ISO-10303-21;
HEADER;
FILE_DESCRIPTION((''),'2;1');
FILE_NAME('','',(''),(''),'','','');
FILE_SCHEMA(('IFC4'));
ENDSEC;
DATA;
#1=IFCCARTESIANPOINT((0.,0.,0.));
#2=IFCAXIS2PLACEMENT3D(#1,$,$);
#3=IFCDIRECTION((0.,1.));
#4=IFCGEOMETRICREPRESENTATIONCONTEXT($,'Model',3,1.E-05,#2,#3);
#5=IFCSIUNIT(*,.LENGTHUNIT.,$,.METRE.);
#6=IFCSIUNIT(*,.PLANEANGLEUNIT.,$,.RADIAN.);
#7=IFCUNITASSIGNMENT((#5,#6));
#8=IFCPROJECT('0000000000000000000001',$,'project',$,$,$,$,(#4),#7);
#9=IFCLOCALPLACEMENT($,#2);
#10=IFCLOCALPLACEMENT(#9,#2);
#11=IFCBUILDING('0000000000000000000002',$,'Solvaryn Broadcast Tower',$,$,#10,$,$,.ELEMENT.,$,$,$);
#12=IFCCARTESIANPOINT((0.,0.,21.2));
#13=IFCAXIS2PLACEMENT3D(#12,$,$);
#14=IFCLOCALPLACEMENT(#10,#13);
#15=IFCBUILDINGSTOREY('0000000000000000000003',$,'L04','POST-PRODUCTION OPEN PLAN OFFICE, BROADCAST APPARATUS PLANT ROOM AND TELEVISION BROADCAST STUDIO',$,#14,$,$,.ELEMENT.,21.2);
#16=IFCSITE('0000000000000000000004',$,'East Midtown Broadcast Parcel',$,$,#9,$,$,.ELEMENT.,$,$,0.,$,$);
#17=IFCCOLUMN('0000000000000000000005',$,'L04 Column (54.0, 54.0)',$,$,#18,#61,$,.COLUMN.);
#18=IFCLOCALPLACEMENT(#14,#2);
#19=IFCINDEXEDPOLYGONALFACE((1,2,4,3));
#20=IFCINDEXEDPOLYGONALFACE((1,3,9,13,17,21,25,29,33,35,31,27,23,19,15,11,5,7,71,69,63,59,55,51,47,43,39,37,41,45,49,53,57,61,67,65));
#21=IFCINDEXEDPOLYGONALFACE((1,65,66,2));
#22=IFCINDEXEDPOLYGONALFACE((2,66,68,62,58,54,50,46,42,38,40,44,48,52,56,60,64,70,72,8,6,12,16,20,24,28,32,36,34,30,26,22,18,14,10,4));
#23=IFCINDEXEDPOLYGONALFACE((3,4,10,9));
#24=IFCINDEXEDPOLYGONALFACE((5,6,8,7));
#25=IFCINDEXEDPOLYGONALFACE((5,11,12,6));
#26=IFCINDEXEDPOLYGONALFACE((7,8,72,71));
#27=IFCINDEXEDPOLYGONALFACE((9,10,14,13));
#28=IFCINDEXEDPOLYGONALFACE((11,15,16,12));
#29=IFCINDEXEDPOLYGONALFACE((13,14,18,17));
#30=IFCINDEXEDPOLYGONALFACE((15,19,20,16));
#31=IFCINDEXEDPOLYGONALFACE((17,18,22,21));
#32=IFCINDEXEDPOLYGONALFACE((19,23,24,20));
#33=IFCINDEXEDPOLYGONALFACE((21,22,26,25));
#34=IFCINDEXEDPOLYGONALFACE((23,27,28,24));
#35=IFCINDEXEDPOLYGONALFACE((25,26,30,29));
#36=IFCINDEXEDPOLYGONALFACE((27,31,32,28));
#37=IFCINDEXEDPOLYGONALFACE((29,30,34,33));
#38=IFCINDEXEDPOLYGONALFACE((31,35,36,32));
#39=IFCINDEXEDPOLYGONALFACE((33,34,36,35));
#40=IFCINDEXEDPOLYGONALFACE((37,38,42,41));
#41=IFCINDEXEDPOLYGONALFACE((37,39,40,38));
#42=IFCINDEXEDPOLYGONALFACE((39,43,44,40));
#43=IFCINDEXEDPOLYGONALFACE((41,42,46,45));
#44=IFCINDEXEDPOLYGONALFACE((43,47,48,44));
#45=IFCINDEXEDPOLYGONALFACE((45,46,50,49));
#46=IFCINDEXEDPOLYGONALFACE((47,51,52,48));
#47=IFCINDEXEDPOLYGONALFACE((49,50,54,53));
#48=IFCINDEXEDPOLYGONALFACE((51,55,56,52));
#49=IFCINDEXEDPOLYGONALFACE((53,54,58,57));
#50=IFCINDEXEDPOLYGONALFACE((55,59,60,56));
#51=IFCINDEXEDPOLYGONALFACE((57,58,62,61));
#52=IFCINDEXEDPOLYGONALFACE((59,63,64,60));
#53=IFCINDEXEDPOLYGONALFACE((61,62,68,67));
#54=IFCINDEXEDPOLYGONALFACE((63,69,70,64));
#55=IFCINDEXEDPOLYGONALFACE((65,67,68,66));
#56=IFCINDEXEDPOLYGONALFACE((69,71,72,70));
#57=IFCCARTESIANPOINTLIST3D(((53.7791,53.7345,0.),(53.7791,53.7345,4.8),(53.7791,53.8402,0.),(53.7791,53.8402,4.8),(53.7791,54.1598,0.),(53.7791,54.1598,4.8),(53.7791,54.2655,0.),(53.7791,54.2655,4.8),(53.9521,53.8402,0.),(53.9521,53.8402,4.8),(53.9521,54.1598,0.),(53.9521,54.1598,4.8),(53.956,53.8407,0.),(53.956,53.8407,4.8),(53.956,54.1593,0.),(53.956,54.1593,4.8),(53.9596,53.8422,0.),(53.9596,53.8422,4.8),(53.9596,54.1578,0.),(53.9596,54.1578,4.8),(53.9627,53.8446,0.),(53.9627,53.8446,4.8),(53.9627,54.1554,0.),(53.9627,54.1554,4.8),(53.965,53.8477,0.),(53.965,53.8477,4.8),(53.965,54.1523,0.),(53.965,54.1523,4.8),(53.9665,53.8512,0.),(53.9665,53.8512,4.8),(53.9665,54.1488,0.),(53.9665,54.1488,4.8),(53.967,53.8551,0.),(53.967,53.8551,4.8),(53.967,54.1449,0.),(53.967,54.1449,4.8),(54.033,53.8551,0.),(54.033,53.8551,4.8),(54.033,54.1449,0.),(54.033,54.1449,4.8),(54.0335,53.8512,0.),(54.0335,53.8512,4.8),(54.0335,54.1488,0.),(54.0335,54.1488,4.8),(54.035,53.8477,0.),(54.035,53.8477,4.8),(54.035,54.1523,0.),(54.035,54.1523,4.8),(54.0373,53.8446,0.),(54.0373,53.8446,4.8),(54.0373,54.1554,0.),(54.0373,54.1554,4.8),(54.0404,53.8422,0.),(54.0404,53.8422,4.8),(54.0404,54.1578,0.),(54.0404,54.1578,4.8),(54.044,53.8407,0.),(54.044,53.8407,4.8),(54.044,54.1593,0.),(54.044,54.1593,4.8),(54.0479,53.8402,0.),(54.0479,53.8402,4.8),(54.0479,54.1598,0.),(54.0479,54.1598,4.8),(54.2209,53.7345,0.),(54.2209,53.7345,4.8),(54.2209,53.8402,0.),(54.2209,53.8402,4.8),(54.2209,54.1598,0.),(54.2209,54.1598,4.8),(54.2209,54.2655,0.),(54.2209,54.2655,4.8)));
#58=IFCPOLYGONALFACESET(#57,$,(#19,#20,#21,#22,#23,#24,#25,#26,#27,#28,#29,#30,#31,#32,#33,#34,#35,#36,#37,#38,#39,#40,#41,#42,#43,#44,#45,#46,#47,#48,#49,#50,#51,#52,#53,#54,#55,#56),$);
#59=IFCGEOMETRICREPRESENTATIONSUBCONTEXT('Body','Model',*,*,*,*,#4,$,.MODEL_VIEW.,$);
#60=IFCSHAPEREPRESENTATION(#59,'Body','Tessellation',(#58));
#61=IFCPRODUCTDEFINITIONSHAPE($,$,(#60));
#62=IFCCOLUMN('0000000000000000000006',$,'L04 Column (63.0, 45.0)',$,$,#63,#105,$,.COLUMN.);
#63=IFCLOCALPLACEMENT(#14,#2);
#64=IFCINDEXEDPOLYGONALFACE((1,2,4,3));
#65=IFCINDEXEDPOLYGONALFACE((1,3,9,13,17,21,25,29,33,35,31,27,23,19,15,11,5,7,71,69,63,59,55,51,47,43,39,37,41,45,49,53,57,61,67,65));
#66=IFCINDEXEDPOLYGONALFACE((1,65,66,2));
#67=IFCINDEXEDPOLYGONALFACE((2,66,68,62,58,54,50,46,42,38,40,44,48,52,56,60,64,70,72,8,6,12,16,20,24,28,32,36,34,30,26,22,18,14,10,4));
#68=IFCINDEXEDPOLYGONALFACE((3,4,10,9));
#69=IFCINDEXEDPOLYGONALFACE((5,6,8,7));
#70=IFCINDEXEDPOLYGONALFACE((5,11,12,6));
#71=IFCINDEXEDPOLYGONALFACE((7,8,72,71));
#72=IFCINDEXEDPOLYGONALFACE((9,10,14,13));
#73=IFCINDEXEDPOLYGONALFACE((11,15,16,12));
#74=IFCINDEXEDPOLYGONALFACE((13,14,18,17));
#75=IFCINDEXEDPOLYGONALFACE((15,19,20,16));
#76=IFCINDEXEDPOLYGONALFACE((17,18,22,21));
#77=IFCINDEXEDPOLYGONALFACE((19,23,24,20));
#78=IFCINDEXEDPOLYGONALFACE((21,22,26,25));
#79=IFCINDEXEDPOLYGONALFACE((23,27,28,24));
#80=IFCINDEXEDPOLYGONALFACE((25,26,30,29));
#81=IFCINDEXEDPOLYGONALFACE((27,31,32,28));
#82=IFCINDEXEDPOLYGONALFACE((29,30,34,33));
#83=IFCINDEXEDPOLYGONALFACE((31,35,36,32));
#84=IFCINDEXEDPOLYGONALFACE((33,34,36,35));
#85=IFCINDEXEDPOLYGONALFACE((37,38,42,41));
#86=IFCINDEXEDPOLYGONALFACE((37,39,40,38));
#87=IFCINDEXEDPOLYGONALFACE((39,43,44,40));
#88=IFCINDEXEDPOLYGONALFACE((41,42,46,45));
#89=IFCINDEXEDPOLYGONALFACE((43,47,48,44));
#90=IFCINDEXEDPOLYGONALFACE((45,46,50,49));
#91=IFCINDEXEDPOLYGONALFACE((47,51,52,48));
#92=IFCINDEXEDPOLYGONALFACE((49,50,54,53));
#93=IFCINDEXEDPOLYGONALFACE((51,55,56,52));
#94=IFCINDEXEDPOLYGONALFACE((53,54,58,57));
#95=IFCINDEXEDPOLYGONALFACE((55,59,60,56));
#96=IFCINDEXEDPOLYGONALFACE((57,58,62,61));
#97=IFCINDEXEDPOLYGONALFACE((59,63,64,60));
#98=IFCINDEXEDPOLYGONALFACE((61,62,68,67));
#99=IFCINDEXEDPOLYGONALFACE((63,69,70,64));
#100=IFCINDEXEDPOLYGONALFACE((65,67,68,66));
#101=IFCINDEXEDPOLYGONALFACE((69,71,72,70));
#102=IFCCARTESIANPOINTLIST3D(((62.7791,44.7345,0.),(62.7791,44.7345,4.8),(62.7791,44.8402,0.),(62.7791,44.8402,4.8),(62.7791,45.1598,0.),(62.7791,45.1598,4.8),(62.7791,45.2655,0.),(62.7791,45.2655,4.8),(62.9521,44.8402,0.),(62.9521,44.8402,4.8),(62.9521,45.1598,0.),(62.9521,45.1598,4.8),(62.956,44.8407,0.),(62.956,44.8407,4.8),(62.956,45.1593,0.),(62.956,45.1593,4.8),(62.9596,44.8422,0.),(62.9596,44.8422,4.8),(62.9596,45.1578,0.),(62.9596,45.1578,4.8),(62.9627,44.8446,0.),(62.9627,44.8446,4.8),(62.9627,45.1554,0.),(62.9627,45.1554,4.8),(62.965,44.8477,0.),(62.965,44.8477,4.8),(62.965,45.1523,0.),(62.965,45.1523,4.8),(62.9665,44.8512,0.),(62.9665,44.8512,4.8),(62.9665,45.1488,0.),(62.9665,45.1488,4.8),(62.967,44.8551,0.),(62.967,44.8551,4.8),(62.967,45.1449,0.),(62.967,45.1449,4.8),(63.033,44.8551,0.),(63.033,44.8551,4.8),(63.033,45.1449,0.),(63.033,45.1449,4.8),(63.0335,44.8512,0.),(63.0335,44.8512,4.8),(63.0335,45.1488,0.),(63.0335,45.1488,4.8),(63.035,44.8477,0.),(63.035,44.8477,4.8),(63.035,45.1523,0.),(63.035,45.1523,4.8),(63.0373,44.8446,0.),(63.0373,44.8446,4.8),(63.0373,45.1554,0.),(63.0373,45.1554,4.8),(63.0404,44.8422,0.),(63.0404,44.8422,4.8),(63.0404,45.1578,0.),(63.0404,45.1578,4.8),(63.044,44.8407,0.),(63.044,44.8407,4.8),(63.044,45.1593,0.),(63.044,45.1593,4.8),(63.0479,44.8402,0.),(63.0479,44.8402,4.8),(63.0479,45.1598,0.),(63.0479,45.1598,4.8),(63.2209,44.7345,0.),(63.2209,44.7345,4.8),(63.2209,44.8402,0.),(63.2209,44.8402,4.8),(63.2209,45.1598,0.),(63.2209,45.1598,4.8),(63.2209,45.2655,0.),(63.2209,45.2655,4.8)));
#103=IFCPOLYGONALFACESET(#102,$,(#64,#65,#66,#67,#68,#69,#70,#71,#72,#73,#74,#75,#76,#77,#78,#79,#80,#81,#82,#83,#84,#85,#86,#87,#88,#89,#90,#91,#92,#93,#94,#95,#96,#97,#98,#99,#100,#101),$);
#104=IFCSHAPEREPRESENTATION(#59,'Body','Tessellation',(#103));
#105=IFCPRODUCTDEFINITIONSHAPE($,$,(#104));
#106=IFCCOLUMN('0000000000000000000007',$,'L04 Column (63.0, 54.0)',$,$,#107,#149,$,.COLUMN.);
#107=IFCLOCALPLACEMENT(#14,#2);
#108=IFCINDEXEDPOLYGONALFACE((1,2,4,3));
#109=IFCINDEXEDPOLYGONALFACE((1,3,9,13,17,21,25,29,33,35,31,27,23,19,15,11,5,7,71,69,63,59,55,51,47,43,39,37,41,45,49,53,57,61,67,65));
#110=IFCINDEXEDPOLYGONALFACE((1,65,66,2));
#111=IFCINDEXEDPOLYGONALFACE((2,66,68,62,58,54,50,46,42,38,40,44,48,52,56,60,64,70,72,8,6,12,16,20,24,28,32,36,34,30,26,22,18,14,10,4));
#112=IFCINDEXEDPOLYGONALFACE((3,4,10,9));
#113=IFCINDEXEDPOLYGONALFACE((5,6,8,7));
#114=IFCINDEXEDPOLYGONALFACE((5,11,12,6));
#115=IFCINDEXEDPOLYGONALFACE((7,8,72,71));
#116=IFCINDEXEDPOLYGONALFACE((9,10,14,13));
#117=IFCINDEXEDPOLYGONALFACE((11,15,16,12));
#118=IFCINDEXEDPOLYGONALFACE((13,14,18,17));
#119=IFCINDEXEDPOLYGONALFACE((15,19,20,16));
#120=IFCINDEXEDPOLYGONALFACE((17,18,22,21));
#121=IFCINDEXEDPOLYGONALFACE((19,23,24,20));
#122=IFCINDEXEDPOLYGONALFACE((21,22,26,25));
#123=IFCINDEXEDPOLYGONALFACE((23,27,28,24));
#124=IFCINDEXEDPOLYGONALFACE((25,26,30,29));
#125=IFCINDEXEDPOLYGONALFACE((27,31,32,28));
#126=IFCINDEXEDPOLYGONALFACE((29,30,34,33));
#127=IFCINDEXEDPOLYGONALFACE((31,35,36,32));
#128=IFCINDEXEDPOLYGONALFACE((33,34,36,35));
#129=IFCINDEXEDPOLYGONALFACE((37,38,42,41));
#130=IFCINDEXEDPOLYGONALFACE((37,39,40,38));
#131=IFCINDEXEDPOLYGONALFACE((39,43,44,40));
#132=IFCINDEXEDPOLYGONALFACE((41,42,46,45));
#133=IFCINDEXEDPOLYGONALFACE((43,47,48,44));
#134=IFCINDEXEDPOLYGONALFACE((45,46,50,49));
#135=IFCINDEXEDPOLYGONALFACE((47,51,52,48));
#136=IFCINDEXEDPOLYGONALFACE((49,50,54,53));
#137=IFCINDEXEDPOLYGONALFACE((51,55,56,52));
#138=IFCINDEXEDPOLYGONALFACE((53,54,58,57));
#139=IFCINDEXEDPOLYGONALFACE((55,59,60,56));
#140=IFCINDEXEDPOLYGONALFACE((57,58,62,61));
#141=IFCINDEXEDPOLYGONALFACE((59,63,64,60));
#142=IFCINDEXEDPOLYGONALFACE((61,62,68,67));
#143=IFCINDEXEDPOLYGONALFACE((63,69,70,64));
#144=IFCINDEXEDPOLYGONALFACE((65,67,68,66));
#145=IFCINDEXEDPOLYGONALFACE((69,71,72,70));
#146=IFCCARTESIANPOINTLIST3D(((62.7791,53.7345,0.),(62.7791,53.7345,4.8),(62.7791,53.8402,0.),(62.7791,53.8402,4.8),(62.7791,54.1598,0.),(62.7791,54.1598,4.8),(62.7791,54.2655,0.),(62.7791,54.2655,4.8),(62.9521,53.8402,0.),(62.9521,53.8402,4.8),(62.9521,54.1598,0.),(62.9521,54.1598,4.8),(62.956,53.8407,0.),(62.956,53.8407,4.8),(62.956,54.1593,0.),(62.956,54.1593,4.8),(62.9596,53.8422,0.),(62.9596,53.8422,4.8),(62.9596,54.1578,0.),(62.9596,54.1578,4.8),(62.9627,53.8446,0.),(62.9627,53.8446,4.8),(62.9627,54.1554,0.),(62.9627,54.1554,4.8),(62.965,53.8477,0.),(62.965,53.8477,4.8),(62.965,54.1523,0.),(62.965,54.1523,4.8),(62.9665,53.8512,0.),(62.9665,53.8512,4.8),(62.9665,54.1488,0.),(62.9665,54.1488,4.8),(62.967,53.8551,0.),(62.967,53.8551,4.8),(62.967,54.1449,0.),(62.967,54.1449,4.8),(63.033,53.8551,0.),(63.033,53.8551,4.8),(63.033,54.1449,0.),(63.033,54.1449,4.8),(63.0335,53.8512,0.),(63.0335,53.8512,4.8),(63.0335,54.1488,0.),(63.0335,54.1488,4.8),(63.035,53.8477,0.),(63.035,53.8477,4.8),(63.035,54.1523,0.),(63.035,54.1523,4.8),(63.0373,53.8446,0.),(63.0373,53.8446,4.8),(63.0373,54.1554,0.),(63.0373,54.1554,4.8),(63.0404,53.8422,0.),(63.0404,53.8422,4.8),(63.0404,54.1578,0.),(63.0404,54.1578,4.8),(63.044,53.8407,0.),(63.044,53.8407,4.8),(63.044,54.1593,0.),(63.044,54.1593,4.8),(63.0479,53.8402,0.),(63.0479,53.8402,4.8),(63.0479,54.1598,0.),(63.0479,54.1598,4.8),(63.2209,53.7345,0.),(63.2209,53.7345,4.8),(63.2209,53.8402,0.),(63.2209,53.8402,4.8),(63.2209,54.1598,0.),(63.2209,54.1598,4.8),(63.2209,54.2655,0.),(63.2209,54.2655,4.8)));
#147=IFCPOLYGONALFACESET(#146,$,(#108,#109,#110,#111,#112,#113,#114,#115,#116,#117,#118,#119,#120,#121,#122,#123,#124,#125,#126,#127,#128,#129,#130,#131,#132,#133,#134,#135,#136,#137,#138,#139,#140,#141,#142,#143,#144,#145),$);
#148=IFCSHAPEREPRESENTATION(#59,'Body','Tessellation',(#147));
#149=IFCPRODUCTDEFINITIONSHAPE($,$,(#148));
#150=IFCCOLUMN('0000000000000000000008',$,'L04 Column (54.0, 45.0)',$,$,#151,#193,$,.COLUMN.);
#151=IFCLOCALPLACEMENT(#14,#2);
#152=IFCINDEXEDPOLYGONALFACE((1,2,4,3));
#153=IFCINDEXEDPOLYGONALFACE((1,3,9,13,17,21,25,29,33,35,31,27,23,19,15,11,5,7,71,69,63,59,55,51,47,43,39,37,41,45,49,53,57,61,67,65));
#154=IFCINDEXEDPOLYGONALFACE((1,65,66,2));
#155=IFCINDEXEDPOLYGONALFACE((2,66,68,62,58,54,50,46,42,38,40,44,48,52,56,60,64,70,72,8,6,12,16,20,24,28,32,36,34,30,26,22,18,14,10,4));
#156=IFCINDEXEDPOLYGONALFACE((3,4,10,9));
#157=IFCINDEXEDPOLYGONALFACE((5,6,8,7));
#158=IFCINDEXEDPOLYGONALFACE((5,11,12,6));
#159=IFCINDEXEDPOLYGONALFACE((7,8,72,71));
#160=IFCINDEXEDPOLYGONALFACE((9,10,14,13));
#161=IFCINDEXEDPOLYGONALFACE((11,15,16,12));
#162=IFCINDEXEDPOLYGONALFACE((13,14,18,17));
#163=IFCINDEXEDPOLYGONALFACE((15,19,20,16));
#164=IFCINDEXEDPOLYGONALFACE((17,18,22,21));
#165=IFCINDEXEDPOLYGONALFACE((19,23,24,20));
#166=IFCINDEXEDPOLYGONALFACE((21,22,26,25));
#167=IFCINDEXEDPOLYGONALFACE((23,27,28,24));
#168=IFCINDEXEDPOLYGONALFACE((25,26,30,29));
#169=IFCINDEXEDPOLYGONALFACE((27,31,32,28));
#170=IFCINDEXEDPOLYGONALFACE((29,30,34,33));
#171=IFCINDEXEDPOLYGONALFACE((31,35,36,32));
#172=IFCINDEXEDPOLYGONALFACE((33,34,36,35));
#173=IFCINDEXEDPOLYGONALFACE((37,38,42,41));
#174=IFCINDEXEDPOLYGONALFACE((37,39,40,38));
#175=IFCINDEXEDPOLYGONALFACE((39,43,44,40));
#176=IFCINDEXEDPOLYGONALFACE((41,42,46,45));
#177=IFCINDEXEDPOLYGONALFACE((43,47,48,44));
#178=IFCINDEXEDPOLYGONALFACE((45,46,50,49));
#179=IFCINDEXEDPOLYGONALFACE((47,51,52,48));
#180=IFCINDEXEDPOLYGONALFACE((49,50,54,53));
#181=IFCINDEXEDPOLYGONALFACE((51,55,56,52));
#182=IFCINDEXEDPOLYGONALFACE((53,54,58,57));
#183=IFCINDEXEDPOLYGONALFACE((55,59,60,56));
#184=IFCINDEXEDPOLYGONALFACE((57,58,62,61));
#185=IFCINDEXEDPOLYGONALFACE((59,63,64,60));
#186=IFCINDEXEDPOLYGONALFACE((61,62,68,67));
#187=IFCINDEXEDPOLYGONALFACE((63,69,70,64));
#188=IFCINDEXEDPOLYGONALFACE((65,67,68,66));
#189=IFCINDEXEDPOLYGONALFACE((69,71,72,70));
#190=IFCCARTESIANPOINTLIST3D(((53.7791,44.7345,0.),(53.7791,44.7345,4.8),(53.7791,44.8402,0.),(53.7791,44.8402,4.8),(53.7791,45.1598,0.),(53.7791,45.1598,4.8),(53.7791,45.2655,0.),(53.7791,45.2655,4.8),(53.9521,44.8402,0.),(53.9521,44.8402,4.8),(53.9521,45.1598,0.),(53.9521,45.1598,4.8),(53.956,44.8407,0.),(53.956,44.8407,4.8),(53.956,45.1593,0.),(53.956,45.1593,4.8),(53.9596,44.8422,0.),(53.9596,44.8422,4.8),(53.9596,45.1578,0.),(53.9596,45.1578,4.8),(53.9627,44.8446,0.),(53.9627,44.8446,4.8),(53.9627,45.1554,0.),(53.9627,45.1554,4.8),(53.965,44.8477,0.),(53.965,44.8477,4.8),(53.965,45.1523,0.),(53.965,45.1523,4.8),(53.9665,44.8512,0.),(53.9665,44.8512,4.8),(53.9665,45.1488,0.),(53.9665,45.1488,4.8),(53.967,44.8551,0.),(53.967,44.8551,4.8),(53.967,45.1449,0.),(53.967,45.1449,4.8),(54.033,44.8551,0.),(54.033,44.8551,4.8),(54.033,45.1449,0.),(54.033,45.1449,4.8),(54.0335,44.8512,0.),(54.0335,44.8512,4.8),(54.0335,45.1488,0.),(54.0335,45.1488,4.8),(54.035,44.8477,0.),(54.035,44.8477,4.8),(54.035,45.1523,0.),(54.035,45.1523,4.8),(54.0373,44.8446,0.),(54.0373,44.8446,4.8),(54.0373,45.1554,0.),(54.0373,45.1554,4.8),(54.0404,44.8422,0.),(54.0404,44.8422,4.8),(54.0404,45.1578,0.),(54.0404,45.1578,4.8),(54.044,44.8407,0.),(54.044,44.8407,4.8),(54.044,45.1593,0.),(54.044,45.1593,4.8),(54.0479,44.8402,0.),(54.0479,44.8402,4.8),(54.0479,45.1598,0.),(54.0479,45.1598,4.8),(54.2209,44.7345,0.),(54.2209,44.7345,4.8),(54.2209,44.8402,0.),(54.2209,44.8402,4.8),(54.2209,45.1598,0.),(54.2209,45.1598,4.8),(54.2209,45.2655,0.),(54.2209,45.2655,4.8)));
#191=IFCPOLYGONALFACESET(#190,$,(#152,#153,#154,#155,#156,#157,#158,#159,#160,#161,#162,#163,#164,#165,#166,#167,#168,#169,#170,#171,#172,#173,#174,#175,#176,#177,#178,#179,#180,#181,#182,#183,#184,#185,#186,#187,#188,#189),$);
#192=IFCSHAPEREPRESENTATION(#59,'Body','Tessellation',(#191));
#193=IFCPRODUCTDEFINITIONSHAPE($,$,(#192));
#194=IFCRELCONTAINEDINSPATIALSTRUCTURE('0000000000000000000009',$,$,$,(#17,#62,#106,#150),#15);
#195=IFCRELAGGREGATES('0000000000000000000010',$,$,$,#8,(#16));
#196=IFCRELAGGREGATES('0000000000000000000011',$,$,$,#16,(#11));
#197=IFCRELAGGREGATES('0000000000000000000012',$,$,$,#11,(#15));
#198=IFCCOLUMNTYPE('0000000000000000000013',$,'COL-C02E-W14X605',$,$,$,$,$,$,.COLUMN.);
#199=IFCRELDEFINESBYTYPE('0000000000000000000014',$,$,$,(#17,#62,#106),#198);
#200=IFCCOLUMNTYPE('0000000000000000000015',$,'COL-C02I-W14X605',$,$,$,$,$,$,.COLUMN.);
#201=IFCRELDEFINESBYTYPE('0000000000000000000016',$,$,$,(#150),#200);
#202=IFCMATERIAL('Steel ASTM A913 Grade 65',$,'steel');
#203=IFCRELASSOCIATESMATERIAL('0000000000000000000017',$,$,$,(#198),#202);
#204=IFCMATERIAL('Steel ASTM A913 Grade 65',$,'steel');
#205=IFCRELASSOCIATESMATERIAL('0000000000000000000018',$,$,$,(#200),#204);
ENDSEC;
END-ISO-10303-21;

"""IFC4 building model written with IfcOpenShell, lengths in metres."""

from ifc_helpers import new_model, si_unit, direction, frame, origin, origin_2d, place, context, subcontext, project, spatial, i_section, extrude, material, material_profile, profile_set, type_object, element, save


model = new_model("IFC4")

# Units and contexts
model_context = context("Model", 3, precision=1e-05, world=origin(), true_north=direction((0.0, 1.0)))
body_context = subcontext(model_context, "Body", "Model", "MODEL_VIEW")
ifc_project = project(units=[si_unit("LENGTHUNIT", "METRE"), si_unit("PLANEANGLEUNIT", "RADIAN")], contexts=[model_context])

# Site, building, storey
site_placement = place(None, origin())
site = spatial("IfcSite", under=ifc_project, at=site_placement, Name="East Midtown Broadcast Parcel", CompositionType="ELEMENT", RefElevation=0.0)
building_placement = place(site_placement, origin())
building = spatial("IfcBuilding", under=site, at=building_placement, Name="Solvaryn Broadcast Tower", CompositionType="ELEMENT")
storey_placement = place(building_placement, frame((0.0, 0.0, 21.2)))
storey = spatial("IfcBuildingStorey", under=building, at=storey_placement, Name="L04", Description="POST-PRODUCTION OPEN PLAN OFFICE, BROADCAST APPARATUS PLANT ROOM AND TELEVISION BROADCAST STUDIO", CompositionType="ELEMENT", Elevation=21.2)

# Columns
ifc_material_1 = material(Name="Steel ASTM A913 Grade 65", Category="steel")
ifc_material_profile_1 = material_profile(ifc_material_1, i_section(OverallWidth=0.4419, OverallDepth=0.531, WebThickness=0.0659, FlangeThickness=0.1057, FilletRadius=0.0149, at=origin_2d()))
ifc_profile_set_1 = profile_set([ifc_material_profile_1], Name="Steel ASTM A913 Grade 65")
column_type_1 = type_object("IfcColumnType", Name="COL-C02E-W14X605", PredefinedType="COLUMN", material=ifc_profile_set_1)
for number, where, z_axis, x_axis, name in (
    (1, (54.0, 54.0, 0.0), (0.0, 0.0, 1.0), (1.0, 0.0, 0.0), "L04 Column (54.0, 54.0)"),
    (2, (63.0, 45.0, 0.0), (0.0, 0.0, 1.0), (1.0, 0.0, 0.0), "L04 Column (63.0, 45.0)"),
    (3, (63.0, 54.0, 0.0), (0.0, 0.0, 1.0), (1.0, 0.0, 0.0), "L04 Column (63.0, 54.0)"),
):
    element("IfcColumn", number, at=place(storey_placement, frame(where, z_axis=z_axis, x_axis=x_axis)), inside=storey, type_object=column_type_1, Name=name, PredefinedType="COLUMN", context=body_context, shape_type="SweptSolid", body=[
        extrude(i_section(OverallWidth=0.4419, OverallDepth=0.531, WebThickness=0.0659, FlangeThickness=0.1057, FilletRadius=0.0149, at=origin_2d()), origin(), (0.0, 0.0, 1.0), 4.8),
    ])
ifc_material_2 = material(Name="Steel ASTM A913 Grade 65", Category="steel")
ifc_material_profile_2 = material_profile(ifc_material_2, i_section(OverallWidth=0.4419, OverallDepth=0.531, WebThickness=0.0659, FlangeThickness=0.1057, FilletRadius=0.0149, at=origin_2d()))
ifc_profile_set_2 = profile_set([ifc_material_profile_2], Name="Steel ASTM A913 Grade 65")
column_type_2 = type_object("IfcColumnType", Name="COL-C02I-W14X605", PredefinedType="COLUMN", material=ifc_profile_set_2)
column_placement = place(storey_placement, frame((54.0, 45.0, 0.0), z_axis=(0.0, 0.0, 1.0), x_axis=(1.0, 0.0, 0.0)))
element("IfcColumn", 4, at=column_placement, inside=storey, type_object=column_type_2, Name="L04 Column (54.0, 45.0)", PredefinedType="COLUMN", context=body_context, shape_type="SweptSolid", body=[
    extrude(i_section(OverallWidth=0.4419, OverallDepth=0.531, WebThickness=0.0659, FlangeThickness=0.1057, FilletRadius=0.0149, at=origin_2d()), origin(), (0.0, 0.0, 1.0), 4.8),
])

save(model, "model.ifc")
